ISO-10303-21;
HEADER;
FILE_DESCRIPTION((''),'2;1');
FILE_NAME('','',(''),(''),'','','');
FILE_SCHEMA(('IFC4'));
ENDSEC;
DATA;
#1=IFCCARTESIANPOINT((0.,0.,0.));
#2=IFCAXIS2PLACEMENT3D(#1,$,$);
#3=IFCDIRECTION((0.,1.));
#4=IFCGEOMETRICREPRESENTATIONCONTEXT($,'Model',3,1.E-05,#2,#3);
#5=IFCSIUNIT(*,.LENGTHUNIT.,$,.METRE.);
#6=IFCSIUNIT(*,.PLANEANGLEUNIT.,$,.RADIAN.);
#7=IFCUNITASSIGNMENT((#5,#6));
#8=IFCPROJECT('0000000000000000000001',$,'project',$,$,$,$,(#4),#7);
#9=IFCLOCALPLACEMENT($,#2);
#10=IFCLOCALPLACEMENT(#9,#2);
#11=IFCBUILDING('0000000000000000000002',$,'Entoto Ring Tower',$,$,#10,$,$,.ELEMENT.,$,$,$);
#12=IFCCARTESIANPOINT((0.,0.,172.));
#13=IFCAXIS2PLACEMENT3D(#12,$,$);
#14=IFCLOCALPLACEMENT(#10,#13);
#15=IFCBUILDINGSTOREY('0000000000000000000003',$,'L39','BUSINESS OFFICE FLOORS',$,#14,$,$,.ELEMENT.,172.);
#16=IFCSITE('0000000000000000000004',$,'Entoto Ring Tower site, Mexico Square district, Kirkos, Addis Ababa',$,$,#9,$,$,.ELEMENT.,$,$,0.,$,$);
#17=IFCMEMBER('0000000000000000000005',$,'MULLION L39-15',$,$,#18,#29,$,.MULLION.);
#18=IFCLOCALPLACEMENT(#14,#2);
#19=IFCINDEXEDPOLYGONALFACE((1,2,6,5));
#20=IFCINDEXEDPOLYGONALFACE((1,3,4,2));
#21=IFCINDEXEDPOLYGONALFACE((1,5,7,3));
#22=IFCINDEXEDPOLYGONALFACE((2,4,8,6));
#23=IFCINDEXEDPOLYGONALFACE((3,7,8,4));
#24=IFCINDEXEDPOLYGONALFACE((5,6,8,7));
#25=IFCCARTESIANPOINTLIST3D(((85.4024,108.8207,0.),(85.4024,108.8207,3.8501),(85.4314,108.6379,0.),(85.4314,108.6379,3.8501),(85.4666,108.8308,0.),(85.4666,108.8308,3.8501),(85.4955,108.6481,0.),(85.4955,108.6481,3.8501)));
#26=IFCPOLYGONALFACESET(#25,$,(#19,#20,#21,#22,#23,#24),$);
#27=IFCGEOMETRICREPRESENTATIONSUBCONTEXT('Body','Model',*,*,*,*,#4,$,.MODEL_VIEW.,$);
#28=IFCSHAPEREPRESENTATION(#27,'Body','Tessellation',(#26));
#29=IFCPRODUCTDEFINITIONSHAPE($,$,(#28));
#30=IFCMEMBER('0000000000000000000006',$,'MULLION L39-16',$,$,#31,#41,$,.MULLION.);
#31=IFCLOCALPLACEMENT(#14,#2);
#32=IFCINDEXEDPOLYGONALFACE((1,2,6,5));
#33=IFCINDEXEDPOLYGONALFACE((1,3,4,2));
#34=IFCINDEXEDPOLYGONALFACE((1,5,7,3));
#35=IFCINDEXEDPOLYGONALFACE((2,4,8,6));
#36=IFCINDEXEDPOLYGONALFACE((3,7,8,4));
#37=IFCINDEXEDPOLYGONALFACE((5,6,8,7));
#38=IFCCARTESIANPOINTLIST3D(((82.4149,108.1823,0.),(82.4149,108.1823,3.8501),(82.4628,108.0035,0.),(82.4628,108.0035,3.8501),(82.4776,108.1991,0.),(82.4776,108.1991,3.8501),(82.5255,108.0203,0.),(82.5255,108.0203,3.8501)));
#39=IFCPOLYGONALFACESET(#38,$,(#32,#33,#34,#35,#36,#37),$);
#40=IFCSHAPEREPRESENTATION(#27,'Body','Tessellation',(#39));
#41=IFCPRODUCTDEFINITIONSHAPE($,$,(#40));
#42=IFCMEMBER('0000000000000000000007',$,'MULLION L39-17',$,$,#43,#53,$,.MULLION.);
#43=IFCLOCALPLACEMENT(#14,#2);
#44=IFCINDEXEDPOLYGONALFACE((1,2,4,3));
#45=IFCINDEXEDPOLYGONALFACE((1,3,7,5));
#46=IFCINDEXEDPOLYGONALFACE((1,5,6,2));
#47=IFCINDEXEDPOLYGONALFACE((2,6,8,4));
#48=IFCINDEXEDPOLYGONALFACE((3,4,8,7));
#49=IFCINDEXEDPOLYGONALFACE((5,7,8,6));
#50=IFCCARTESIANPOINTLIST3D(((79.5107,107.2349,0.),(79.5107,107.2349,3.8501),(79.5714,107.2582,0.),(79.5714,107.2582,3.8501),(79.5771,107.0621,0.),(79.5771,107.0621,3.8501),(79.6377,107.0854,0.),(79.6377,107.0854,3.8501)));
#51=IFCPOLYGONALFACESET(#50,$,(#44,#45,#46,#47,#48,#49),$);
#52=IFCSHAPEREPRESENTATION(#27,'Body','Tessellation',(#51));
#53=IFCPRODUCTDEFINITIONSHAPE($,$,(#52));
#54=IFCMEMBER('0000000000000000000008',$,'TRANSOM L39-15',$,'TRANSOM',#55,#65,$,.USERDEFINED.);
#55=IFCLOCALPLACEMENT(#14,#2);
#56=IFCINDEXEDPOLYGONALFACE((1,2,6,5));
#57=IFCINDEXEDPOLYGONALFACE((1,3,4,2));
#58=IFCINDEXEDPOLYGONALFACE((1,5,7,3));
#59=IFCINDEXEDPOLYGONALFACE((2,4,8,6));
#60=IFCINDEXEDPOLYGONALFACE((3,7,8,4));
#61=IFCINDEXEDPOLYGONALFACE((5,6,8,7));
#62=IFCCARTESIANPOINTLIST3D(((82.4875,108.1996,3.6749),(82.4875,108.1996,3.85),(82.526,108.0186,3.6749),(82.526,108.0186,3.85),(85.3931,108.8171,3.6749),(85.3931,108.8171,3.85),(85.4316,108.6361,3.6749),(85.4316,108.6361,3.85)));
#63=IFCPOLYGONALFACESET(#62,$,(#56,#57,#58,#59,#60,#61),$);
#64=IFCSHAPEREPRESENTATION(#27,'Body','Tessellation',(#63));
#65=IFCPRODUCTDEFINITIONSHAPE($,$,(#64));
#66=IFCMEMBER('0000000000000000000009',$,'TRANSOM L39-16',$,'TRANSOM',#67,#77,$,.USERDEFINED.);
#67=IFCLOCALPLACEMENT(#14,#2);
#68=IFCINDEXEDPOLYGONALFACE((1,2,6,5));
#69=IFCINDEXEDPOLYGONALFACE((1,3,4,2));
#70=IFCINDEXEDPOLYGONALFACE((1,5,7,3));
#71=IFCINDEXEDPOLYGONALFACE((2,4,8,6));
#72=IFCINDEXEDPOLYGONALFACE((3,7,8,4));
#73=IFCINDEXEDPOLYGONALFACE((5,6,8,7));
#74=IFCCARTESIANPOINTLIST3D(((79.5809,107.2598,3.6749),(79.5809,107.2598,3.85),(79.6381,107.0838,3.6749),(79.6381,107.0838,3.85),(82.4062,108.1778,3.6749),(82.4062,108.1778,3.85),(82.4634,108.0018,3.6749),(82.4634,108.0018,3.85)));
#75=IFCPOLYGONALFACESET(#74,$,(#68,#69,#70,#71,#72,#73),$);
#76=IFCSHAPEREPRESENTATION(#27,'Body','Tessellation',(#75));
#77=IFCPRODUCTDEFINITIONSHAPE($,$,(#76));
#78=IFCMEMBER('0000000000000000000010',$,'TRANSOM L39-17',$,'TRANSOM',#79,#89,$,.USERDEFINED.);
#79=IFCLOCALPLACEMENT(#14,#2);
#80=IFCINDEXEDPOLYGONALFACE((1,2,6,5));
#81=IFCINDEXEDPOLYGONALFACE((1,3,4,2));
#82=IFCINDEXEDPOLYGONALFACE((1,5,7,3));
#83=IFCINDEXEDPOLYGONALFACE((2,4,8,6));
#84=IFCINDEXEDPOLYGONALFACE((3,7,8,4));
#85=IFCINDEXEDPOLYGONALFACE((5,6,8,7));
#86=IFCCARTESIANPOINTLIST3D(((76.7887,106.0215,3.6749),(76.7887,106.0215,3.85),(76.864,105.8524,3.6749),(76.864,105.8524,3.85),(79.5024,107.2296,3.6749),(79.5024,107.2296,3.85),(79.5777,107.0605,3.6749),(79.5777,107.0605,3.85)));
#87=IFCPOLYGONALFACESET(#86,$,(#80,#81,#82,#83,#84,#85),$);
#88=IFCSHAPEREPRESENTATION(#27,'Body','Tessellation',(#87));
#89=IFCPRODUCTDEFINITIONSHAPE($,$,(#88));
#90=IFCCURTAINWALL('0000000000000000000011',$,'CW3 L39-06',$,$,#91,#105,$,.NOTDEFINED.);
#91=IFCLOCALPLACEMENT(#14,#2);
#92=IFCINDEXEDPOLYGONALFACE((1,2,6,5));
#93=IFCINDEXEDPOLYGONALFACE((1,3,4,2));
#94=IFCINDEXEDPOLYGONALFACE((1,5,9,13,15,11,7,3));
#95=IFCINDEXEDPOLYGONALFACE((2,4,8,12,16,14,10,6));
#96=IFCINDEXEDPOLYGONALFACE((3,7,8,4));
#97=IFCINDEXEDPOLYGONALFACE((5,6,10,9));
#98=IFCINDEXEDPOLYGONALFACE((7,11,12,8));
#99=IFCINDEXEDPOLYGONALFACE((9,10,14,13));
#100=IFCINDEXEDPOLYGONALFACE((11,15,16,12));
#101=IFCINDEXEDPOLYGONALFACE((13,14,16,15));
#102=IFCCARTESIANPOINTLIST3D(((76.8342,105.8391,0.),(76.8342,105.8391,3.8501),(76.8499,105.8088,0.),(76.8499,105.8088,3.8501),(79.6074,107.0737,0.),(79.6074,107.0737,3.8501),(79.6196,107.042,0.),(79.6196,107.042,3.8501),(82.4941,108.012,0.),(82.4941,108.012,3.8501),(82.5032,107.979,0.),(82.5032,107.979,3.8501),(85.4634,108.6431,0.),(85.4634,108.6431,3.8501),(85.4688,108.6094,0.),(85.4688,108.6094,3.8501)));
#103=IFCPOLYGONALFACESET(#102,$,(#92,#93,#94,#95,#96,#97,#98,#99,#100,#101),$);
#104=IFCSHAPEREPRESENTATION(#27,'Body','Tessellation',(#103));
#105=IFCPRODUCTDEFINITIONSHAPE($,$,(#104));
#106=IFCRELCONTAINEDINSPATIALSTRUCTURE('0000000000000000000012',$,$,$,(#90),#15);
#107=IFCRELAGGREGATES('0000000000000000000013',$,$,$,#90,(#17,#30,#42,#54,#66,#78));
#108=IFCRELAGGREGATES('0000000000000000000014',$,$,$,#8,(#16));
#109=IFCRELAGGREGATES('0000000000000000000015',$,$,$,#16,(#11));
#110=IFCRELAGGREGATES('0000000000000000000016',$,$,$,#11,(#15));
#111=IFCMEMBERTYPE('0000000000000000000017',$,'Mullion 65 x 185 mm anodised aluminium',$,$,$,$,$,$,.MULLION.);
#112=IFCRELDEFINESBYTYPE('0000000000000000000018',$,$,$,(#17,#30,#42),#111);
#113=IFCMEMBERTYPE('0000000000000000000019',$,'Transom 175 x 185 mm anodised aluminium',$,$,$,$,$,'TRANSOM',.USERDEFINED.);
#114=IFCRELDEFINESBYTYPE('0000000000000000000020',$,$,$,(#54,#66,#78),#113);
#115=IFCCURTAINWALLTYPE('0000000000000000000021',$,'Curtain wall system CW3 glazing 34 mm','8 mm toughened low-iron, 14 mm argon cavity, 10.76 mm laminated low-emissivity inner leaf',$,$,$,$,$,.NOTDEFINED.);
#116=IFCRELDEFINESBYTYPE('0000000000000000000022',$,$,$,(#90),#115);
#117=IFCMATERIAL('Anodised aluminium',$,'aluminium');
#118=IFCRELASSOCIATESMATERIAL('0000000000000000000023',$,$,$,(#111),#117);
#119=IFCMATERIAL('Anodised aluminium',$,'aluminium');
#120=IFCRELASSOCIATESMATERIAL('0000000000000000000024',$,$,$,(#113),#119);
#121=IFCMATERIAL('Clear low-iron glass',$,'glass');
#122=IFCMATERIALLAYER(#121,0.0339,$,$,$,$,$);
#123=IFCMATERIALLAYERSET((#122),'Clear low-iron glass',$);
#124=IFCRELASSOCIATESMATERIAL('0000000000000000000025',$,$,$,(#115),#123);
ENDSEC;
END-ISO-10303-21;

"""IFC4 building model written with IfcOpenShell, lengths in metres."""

from ifc_helpers import new_model, si_unit, direction, frame, origin, origin_2d, place, context, subcontext, project, spatial, polyline, rectangle, outline, extrude, material, layer, layer_set, material_profile, profile_set, type_object, element, aggregate, save


model = new_model("IFC4")

# Units and contexts
model_context = context("Model", 3, precision=1e-05, world=origin(), true_north=direction((0.0, 1.0)))
body_context = subcontext(model_context, "Body", "Model", "MODEL_VIEW")
ifc_project = project(units=[si_unit("LENGTHUNIT", "METRE"), si_unit("PLANEANGLEUNIT", "RADIAN")], contexts=[model_context])

# Members
ifc_material_1 = material(Name="Anodised aluminium", Category="aluminium")
ifc_material_profile_1 = material_profile(ifc_material_1, rectangle(XDim=0.0649, YDim=0.1851, at=origin_2d()), Name="Mullion 65 x 185 mm anodised aluminium")
ifc_profile_set_1 = profile_set([ifc_material_profile_1], Name="Anodised aluminium")
member_type_1 = type_object("IfcMemberType", Name="Mullion 65 x 185 mm anodised aluminium", PredefinedType="MULLION", material=ifc_profile_set_1)
site_placement = place(None, origin())
building_placement = place(site_placement, origin())
storey_placement = place(building_placement, frame((0.0, 0.0, 172.0)))
member_1_placement = place(storey_placement, frame((85.449, 108.7344, 0.0), z_axis=(0.0, 0.0, 1.0), x_axis=(-0.987688, -0.156434, 0.0)))
member_1 = element("IfcMember", 1, at=member_1_placement, type_object=member_type_1, Name="MULLION L39-15", PredefinedType="MULLION", context=body_context, shape_type="SweptSolid", body=[
    extrude(rectangle(XDim=0.0649, YDim=0.1851, at=origin_2d()), origin(), (0.0, 0.0, 1.0), 3.8501),
])
member_2_placement = place(storey_placement, frame((82.4702, 108.1013, 0.0), z_axis=(0.0, 0.0, 1.0), x_axis=(-0.965926, -0.258819, 0.0)))
member_2 = element("IfcMember", 2, at=member_2_placement, type_object=member_type_1, Name="MULLION L39-16", PredefinedType="MULLION", context=body_context, shape_type="SweptSolid", body=[
    extrude(rectangle(XDim=0.0649, YDim=0.1851, at=origin_2d()), origin(), (0.0, 0.0, 1.0), 3.8501),
])
member_3_placement = place(storey_placement, frame((79.5742, 107.1602, 0.0), z_axis=(0.0, 0.0, 1.0), x_axis=(-0.93358, -0.358368, 0.0)))
member_3 = element("IfcMember", 3, at=member_3_placement, type_object=member_type_1, Name="MULLION L39-17", PredefinedType="MULLION", context=body_context, shape_type="SweptSolid", body=[
    extrude(rectangle(XDim=0.0649, YDim=0.1851, at=origin_2d()), origin(), (0.0, 0.0, 1.0), 3.8501),
])
ifc_material_2 = material(Name="Anodised aluminium", Category="aluminium")
ifc_material_profile_2 = material_profile(ifc_material_2, rectangle(XDim=0.1851, YDim=0.175, at=origin_2d()), Name="Transom 175 x 185 mm anodised aluminium")
ifc_profile_set_2 = profile_set([ifc_material_profile_2], Name="Anodised aluminium")
member_type_2 = type_object("IfcMemberType", Name="Transom 175 x 185 mm anodised aluminium", ElementType="TRANSOM", PredefinedType="USERDEFINED", material=ifc_profile_set_2)
member_4_placement = place(storey_placement, frame((85.4124, 108.7266, 3.7625), z_axis=(-0.978158, -0.207862, 0.0), x_axis=(0.207862, -0.978158, 0.0)))
member_4 = element("IfcMember", 4, at=member_4_placement, type_object=member_type_2, Name="TRANSOM L39-15", ObjectType="TRANSOM", PredefinedType="USERDEFINED", context=body_context, shape_type="SweptSolid", body=[
    extrude(rectangle(XDim=0.1851, YDim=0.175, at=origin_2d()), origin(), (0.0, 0.0, 1.0), 2.9705),
])
member_5_placement = place(storey_placement, frame((82.4348, 108.0898, 3.7625), z_axis=(-0.951056, -0.309019, 0.0), x_axis=(0.309019, -0.951056, 0.0)))
member_5 = element("IfcMember", 5, at=member_5_placement, type_object=member_type_2, Name="TRANSOM L39-16", ObjectType="TRANSOM", PredefinedType="USERDEFINED", context=body_context, shape_type="SweptSolid", body=[
    extrude(rectangle(XDim=0.1851, YDim=0.175, at=origin_2d()), origin(), (0.0, 0.0, 1.0), 2.9707),
])
member_6_placement = place(storey_placement, frame((79.54, 107.145, 3.7625), z_axis=(-0.913567, -0.406687, 0.0), x_axis=(0.406687, -0.913567, 0.0)))
member_6 = element("IfcMember", 6, at=member_6_placement, type_object=member_type_2, Name="TRANSOM L39-17", ObjectType="TRANSOM", PredefinedType="USERDEFINED", context=body_context, shape_type="SweptSolid", body=[
    extrude(rectangle(XDim=0.1851, YDim=0.175, at=origin_2d()), origin(), (0.0, 0.0, 1.0), 2.9705),
])

# Site, building, storey
site = spatial("IfcSite", under=ifc_project, at=site_placement, Name="Entoto Ring Tower site, Mexico Square district, Kirkos, Addis Ababa", CompositionType="ELEMENT", RefElevation=0.0)
building = spatial("IfcBuilding", under=site, at=building_placement, Name="Entoto Ring Tower", CompositionType="ELEMENT")
storey = spatial("IfcBuildingStorey", under=building, at=storey_placement, Name="L39", Description="BUSINESS OFFICE FLOORS", CompositionType="ELEMENT", Elevation=172.0)

# Curtain wall
ifc_material_3 = material(Name="Clear low-iron glass", Category="glass")
ifc_layer = layer(ifc_material_3, 0.0339)
ifc_layer_set = layer_set([ifc_layer], Name="Clear low-iron glass")
curtain_wall_type = type_object("IfcCurtainWallType", Name="Curtain wall system CW3 glazing 34 mm", Description="8 mm toughened low-iron, 14 mm argon cavity, 10.76 mm laminated low-emissivity inner leaf", PredefinedType="NOTDEFINED", material=ifc_layer_set)
curtain_wall_1_placement = place(storey_placement, origin())
curtain_wall_1 = element("IfcCurtainWall", 7, at=curtain_wall_1_placement, inside=storey, type_object=curtain_wall_type, Name="CW3 L39-06", PredefinedType="NOTDEFINED", context=body_context, shape_type="SweptSolid", body=[
    extrude(outline(polyline([(85.4634, 108.6431), (82.4941, 108.012), (79.6074, 107.0737), (76.8342, 105.8391), (76.8499, 105.8088), (79.6196, 107.042), (82.5032, 107.979), (85.4688, 108.6094), (85.4634, 108.6431)])), origin(), (0.0, 0.0, 1.0), 3.8501),
])
aggregate(curtain_wall_1, [member_1, member_2, member_3, member_4, member_5, member_6])

save(model, "model.ifc")
